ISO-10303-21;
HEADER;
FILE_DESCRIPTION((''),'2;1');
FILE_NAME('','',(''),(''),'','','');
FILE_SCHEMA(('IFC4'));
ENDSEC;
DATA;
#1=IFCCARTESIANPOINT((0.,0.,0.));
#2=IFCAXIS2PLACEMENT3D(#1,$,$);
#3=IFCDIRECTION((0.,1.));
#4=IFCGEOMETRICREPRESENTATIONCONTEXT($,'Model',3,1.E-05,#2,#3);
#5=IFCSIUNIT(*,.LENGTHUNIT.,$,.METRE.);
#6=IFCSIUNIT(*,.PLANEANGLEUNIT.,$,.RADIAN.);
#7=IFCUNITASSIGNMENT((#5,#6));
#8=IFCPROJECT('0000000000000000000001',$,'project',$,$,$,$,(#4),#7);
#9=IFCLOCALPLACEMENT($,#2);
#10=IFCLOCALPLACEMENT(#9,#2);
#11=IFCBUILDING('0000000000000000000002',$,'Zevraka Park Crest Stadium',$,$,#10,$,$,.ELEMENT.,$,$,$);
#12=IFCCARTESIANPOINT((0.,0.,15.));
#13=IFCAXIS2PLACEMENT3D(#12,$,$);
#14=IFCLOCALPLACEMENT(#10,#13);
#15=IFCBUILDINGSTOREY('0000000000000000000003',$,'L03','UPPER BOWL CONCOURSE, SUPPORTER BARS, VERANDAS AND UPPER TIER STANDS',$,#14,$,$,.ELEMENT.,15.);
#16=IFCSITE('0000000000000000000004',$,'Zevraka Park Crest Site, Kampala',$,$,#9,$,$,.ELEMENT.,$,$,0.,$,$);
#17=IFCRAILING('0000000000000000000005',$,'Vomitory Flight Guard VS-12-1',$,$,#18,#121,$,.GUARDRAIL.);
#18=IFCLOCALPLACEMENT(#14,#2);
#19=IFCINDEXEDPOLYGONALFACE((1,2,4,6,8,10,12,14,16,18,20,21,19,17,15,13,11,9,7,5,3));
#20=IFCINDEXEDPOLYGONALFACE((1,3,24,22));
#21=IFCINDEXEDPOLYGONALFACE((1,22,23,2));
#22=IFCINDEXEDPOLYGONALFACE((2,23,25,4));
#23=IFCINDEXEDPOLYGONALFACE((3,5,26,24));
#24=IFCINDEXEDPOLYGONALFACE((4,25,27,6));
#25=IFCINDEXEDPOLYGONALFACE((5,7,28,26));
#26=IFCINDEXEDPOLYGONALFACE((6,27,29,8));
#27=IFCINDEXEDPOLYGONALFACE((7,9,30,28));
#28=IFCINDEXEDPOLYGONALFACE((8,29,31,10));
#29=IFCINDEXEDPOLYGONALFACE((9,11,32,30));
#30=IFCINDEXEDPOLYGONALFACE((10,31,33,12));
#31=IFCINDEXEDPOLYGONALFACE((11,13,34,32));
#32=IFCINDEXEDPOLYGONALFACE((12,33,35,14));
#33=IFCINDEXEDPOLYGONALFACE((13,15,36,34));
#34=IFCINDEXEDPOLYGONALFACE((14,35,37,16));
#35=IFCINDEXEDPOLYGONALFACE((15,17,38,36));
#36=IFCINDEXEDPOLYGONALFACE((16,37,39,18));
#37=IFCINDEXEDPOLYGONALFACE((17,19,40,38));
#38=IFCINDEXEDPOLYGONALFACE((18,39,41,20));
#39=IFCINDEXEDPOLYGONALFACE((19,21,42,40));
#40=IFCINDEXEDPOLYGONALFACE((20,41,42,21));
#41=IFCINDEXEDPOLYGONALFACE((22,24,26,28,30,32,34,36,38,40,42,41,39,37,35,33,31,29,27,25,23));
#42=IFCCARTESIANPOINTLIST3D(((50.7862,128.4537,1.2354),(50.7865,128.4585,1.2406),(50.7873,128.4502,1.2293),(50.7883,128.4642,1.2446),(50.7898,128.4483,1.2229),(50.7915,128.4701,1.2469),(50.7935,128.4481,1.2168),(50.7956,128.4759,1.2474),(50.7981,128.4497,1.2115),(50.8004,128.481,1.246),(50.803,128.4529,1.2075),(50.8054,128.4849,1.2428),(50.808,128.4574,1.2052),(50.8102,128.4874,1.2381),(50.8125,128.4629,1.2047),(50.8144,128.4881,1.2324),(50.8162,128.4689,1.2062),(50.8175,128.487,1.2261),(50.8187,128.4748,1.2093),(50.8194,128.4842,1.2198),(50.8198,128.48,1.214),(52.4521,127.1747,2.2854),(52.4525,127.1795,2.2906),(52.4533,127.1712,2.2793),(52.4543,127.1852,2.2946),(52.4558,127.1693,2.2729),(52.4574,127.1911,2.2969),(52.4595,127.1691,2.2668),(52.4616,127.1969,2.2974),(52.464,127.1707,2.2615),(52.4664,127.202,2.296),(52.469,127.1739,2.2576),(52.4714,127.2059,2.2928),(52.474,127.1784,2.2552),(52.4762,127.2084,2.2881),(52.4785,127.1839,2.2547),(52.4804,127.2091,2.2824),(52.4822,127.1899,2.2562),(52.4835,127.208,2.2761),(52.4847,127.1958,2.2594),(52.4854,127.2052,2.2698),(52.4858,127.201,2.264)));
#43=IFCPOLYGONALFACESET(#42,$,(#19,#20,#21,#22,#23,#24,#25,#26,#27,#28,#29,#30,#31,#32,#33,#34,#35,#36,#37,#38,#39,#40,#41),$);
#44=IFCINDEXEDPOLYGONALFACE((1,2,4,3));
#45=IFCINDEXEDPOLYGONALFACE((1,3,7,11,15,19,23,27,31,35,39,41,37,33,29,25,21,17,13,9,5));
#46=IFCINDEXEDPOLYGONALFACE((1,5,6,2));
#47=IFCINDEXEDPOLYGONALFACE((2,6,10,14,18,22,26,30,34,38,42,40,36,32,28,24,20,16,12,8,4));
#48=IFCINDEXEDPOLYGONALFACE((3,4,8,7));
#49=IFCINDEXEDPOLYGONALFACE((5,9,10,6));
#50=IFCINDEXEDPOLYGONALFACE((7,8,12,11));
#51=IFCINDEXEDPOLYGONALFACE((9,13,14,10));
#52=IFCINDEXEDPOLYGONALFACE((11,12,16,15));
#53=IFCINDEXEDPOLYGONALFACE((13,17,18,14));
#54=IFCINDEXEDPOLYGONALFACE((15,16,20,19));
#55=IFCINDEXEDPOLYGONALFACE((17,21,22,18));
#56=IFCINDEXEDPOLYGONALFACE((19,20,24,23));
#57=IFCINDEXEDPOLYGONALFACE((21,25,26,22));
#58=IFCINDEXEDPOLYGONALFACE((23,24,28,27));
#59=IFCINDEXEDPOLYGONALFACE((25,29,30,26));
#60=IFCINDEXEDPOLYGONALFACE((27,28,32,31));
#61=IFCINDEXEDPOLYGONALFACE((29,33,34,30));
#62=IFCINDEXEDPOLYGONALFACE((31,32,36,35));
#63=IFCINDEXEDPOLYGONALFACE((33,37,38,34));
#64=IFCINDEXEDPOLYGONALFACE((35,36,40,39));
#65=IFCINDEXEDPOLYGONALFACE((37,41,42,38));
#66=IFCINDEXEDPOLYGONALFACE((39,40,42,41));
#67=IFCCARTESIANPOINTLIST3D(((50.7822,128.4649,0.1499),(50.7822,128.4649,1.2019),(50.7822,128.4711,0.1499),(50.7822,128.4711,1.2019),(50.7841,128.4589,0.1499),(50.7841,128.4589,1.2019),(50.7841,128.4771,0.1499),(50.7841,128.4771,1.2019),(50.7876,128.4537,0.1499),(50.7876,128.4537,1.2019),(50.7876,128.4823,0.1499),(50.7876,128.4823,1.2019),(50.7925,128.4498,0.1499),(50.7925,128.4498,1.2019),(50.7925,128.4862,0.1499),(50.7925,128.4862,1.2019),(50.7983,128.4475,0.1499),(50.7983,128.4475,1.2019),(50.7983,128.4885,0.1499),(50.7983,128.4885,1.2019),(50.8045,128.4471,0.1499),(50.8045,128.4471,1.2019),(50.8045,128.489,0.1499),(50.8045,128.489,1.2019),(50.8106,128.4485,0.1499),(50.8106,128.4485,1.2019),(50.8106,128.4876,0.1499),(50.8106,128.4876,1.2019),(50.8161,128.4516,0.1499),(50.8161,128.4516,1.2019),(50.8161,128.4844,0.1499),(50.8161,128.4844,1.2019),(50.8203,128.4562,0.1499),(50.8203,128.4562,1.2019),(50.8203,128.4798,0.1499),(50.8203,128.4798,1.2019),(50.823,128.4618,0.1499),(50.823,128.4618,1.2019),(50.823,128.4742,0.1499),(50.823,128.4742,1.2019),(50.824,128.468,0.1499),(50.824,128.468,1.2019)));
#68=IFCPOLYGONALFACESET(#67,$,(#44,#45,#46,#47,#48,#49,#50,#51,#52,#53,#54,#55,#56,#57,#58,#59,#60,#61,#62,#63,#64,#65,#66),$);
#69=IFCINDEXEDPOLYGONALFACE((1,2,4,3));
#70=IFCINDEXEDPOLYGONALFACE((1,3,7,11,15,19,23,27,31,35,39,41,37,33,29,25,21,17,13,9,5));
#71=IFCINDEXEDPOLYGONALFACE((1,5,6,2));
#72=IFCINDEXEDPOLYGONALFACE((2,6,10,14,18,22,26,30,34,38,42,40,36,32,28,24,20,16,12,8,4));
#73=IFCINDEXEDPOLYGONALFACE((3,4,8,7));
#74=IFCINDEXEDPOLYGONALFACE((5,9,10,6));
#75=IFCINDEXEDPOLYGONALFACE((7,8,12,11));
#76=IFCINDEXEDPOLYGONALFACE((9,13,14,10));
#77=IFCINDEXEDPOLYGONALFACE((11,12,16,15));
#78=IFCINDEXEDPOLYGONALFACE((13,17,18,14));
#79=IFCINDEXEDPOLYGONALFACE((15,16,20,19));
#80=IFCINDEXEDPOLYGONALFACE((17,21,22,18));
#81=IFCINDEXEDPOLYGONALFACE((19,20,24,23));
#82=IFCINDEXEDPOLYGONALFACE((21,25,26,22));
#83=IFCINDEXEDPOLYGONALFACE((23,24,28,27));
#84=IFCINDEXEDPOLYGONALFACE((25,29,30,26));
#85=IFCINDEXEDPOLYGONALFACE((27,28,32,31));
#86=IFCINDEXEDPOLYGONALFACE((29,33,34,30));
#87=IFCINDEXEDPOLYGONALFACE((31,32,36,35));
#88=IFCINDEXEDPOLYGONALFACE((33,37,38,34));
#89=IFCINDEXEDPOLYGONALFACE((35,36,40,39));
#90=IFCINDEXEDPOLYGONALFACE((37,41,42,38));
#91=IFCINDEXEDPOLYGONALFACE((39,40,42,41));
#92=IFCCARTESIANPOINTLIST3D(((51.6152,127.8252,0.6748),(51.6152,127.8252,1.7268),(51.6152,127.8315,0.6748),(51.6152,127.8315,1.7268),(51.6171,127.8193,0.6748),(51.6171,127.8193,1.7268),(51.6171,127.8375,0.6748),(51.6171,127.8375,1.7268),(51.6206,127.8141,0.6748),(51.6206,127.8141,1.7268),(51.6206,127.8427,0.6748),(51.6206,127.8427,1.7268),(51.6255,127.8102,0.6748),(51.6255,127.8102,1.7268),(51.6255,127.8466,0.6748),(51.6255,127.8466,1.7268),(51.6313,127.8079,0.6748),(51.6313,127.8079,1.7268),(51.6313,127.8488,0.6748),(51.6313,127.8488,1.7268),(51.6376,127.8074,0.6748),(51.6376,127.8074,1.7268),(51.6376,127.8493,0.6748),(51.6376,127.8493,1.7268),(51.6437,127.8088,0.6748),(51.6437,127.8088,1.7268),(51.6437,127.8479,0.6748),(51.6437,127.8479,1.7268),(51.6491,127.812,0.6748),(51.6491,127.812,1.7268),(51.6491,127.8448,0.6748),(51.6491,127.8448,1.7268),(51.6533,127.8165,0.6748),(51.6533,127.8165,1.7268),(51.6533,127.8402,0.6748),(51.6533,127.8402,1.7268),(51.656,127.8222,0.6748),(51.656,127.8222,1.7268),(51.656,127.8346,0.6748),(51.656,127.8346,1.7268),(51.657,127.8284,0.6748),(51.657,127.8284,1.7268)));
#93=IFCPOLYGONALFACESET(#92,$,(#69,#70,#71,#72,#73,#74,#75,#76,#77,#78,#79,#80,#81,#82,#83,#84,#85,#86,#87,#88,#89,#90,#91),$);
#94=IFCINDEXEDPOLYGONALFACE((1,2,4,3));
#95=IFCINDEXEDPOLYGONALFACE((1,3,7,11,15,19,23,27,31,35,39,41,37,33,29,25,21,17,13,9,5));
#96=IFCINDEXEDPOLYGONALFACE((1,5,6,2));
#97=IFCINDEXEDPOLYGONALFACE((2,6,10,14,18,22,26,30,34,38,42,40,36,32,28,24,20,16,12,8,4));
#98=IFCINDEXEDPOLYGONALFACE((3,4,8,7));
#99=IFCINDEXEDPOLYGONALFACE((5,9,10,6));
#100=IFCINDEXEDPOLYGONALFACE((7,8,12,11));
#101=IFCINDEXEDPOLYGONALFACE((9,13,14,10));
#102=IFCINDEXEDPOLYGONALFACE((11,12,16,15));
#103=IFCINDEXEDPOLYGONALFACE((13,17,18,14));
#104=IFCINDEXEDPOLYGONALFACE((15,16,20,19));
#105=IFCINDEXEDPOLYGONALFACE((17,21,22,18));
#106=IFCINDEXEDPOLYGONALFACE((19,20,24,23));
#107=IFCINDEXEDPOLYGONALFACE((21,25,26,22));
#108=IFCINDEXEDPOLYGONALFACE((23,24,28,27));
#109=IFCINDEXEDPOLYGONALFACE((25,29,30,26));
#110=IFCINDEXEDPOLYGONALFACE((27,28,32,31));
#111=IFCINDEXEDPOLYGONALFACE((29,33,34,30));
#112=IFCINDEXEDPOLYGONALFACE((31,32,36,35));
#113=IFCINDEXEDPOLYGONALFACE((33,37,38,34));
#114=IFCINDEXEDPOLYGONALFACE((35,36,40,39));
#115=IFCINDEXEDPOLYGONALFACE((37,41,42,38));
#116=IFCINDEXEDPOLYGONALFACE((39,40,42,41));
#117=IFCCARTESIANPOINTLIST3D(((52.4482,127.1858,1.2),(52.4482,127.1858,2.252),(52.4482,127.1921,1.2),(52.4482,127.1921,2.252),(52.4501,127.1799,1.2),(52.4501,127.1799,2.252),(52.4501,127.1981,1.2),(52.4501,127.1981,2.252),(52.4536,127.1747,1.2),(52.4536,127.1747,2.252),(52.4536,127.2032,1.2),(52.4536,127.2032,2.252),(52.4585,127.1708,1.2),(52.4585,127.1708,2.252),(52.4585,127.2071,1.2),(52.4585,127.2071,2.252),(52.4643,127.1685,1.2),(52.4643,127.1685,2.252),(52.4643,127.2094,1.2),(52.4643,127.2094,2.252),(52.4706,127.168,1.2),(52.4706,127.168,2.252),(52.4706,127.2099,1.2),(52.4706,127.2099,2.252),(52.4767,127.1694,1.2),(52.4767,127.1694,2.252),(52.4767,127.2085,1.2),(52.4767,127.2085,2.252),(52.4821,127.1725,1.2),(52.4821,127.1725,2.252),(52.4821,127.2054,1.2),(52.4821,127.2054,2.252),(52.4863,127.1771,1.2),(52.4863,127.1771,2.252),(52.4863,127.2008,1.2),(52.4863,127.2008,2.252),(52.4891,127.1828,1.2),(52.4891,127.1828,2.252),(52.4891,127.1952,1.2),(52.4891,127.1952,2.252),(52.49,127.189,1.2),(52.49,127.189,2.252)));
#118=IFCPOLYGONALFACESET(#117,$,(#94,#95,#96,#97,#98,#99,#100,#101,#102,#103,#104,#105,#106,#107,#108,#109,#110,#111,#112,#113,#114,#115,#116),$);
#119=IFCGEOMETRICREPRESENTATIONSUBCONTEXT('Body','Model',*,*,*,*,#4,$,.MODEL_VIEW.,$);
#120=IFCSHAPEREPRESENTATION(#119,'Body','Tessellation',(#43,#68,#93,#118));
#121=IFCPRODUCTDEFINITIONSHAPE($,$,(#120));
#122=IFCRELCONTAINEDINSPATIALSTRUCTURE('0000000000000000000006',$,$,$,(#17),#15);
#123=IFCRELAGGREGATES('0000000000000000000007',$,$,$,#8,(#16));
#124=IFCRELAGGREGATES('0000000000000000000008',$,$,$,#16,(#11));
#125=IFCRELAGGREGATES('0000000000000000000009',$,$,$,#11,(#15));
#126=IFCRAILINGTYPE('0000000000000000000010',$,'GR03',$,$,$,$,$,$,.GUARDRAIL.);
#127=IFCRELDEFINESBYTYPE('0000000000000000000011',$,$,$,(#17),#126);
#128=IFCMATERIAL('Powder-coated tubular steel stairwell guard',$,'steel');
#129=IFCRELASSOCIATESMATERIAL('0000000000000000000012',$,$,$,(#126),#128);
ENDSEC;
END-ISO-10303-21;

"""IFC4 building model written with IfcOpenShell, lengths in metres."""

from ifc_helpers import new_model, si_unit, direction, frame, origin, origin_2d, place, context, subcontext, project, spatial, circle, extrude, material, type_object, element, save


model = new_model("IFC4")

# Units and contexts
model_context = context("Model", 3, precision=1e-05, world=origin(), true_north=direction((0.0, 1.0)))
body_context = subcontext(model_context, "Body", "Model", "MODEL_VIEW")
ifc_project = project(units=[si_unit("LENGTHUNIT", "METRE"), si_unit("PLANEANGLEUNIT", "RADIAN")], contexts=[model_context])

# Site, building, storey
site_placement = place(None, origin())
site = spatial("IfcSite", under=ifc_project, at=site_placement, Name="Zevraka Park Crest Site, Kampala", CompositionType="ELEMENT", RefElevation=0.0)
building_placement = place(site_placement, origin())
building = spatial("IfcBuilding", under=site, at=building_placement, Name="Zevraka Park Crest Stadium", CompositionType="ELEMENT")
storey_placement = place(building_placement, frame((0.0, 0.0, 15.0)))
storey = spatial("IfcBuildingStorey", under=building, at=storey_placement, Name="L03", Description="UPPER BOWL CONCOURSE, SUPPORTER BARS, VERANDAS AND UPPER TIER STANDS", CompositionType="ELEMENT", Elevation=15.0)

# Railing
ifc_material_1 = material(Name="Powder-coated tubular steel stairwell guard", Category="steel")
railing_type_1 = type_object("IfcRailingType", Name="GR03", PredefinedType="GUARDRAIL", material=ifc_material_1)
railing_1_placement = place(storey_placement, frame((50.803, 128.468, 0.1499)))
element("IfcRailing", 1, at=railing_1_placement, inside=storey, type_object=railing_type_1, Name="Vomitory Flight Guard VS-12-1", PredefinedType="GUARDRAIL", context=body_context, shape_type="SweptSolid", body=[
    extrude(circle(Radius=0.0239, at=origin_2d()), frame((0.0, 0.0, 1.0762), z_axis=(0.709477, -0.544688, 0.447166), x_axis=(0.608963, 0.793198, 0.0)), (0.0, 0.0, 1.0), 2.3481),
    extrude(circle(Radius=0.021, at=origin_2d()), origin(), (0.0, 0.0, 1.0), 1.052),
    extrude(circle(Radius=0.021, at=origin_2d()), frame((0.833, -0.6396, 0.5249)), (0.0, 0.0, 1.0), 1.052),
    extrude(circle(Radius=0.021, at=origin_2d()), frame((1.666, -1.2791, 1.05)), (0.0, 0.0, 1.0), 1.052),
])

save(model, "model.ifc")
